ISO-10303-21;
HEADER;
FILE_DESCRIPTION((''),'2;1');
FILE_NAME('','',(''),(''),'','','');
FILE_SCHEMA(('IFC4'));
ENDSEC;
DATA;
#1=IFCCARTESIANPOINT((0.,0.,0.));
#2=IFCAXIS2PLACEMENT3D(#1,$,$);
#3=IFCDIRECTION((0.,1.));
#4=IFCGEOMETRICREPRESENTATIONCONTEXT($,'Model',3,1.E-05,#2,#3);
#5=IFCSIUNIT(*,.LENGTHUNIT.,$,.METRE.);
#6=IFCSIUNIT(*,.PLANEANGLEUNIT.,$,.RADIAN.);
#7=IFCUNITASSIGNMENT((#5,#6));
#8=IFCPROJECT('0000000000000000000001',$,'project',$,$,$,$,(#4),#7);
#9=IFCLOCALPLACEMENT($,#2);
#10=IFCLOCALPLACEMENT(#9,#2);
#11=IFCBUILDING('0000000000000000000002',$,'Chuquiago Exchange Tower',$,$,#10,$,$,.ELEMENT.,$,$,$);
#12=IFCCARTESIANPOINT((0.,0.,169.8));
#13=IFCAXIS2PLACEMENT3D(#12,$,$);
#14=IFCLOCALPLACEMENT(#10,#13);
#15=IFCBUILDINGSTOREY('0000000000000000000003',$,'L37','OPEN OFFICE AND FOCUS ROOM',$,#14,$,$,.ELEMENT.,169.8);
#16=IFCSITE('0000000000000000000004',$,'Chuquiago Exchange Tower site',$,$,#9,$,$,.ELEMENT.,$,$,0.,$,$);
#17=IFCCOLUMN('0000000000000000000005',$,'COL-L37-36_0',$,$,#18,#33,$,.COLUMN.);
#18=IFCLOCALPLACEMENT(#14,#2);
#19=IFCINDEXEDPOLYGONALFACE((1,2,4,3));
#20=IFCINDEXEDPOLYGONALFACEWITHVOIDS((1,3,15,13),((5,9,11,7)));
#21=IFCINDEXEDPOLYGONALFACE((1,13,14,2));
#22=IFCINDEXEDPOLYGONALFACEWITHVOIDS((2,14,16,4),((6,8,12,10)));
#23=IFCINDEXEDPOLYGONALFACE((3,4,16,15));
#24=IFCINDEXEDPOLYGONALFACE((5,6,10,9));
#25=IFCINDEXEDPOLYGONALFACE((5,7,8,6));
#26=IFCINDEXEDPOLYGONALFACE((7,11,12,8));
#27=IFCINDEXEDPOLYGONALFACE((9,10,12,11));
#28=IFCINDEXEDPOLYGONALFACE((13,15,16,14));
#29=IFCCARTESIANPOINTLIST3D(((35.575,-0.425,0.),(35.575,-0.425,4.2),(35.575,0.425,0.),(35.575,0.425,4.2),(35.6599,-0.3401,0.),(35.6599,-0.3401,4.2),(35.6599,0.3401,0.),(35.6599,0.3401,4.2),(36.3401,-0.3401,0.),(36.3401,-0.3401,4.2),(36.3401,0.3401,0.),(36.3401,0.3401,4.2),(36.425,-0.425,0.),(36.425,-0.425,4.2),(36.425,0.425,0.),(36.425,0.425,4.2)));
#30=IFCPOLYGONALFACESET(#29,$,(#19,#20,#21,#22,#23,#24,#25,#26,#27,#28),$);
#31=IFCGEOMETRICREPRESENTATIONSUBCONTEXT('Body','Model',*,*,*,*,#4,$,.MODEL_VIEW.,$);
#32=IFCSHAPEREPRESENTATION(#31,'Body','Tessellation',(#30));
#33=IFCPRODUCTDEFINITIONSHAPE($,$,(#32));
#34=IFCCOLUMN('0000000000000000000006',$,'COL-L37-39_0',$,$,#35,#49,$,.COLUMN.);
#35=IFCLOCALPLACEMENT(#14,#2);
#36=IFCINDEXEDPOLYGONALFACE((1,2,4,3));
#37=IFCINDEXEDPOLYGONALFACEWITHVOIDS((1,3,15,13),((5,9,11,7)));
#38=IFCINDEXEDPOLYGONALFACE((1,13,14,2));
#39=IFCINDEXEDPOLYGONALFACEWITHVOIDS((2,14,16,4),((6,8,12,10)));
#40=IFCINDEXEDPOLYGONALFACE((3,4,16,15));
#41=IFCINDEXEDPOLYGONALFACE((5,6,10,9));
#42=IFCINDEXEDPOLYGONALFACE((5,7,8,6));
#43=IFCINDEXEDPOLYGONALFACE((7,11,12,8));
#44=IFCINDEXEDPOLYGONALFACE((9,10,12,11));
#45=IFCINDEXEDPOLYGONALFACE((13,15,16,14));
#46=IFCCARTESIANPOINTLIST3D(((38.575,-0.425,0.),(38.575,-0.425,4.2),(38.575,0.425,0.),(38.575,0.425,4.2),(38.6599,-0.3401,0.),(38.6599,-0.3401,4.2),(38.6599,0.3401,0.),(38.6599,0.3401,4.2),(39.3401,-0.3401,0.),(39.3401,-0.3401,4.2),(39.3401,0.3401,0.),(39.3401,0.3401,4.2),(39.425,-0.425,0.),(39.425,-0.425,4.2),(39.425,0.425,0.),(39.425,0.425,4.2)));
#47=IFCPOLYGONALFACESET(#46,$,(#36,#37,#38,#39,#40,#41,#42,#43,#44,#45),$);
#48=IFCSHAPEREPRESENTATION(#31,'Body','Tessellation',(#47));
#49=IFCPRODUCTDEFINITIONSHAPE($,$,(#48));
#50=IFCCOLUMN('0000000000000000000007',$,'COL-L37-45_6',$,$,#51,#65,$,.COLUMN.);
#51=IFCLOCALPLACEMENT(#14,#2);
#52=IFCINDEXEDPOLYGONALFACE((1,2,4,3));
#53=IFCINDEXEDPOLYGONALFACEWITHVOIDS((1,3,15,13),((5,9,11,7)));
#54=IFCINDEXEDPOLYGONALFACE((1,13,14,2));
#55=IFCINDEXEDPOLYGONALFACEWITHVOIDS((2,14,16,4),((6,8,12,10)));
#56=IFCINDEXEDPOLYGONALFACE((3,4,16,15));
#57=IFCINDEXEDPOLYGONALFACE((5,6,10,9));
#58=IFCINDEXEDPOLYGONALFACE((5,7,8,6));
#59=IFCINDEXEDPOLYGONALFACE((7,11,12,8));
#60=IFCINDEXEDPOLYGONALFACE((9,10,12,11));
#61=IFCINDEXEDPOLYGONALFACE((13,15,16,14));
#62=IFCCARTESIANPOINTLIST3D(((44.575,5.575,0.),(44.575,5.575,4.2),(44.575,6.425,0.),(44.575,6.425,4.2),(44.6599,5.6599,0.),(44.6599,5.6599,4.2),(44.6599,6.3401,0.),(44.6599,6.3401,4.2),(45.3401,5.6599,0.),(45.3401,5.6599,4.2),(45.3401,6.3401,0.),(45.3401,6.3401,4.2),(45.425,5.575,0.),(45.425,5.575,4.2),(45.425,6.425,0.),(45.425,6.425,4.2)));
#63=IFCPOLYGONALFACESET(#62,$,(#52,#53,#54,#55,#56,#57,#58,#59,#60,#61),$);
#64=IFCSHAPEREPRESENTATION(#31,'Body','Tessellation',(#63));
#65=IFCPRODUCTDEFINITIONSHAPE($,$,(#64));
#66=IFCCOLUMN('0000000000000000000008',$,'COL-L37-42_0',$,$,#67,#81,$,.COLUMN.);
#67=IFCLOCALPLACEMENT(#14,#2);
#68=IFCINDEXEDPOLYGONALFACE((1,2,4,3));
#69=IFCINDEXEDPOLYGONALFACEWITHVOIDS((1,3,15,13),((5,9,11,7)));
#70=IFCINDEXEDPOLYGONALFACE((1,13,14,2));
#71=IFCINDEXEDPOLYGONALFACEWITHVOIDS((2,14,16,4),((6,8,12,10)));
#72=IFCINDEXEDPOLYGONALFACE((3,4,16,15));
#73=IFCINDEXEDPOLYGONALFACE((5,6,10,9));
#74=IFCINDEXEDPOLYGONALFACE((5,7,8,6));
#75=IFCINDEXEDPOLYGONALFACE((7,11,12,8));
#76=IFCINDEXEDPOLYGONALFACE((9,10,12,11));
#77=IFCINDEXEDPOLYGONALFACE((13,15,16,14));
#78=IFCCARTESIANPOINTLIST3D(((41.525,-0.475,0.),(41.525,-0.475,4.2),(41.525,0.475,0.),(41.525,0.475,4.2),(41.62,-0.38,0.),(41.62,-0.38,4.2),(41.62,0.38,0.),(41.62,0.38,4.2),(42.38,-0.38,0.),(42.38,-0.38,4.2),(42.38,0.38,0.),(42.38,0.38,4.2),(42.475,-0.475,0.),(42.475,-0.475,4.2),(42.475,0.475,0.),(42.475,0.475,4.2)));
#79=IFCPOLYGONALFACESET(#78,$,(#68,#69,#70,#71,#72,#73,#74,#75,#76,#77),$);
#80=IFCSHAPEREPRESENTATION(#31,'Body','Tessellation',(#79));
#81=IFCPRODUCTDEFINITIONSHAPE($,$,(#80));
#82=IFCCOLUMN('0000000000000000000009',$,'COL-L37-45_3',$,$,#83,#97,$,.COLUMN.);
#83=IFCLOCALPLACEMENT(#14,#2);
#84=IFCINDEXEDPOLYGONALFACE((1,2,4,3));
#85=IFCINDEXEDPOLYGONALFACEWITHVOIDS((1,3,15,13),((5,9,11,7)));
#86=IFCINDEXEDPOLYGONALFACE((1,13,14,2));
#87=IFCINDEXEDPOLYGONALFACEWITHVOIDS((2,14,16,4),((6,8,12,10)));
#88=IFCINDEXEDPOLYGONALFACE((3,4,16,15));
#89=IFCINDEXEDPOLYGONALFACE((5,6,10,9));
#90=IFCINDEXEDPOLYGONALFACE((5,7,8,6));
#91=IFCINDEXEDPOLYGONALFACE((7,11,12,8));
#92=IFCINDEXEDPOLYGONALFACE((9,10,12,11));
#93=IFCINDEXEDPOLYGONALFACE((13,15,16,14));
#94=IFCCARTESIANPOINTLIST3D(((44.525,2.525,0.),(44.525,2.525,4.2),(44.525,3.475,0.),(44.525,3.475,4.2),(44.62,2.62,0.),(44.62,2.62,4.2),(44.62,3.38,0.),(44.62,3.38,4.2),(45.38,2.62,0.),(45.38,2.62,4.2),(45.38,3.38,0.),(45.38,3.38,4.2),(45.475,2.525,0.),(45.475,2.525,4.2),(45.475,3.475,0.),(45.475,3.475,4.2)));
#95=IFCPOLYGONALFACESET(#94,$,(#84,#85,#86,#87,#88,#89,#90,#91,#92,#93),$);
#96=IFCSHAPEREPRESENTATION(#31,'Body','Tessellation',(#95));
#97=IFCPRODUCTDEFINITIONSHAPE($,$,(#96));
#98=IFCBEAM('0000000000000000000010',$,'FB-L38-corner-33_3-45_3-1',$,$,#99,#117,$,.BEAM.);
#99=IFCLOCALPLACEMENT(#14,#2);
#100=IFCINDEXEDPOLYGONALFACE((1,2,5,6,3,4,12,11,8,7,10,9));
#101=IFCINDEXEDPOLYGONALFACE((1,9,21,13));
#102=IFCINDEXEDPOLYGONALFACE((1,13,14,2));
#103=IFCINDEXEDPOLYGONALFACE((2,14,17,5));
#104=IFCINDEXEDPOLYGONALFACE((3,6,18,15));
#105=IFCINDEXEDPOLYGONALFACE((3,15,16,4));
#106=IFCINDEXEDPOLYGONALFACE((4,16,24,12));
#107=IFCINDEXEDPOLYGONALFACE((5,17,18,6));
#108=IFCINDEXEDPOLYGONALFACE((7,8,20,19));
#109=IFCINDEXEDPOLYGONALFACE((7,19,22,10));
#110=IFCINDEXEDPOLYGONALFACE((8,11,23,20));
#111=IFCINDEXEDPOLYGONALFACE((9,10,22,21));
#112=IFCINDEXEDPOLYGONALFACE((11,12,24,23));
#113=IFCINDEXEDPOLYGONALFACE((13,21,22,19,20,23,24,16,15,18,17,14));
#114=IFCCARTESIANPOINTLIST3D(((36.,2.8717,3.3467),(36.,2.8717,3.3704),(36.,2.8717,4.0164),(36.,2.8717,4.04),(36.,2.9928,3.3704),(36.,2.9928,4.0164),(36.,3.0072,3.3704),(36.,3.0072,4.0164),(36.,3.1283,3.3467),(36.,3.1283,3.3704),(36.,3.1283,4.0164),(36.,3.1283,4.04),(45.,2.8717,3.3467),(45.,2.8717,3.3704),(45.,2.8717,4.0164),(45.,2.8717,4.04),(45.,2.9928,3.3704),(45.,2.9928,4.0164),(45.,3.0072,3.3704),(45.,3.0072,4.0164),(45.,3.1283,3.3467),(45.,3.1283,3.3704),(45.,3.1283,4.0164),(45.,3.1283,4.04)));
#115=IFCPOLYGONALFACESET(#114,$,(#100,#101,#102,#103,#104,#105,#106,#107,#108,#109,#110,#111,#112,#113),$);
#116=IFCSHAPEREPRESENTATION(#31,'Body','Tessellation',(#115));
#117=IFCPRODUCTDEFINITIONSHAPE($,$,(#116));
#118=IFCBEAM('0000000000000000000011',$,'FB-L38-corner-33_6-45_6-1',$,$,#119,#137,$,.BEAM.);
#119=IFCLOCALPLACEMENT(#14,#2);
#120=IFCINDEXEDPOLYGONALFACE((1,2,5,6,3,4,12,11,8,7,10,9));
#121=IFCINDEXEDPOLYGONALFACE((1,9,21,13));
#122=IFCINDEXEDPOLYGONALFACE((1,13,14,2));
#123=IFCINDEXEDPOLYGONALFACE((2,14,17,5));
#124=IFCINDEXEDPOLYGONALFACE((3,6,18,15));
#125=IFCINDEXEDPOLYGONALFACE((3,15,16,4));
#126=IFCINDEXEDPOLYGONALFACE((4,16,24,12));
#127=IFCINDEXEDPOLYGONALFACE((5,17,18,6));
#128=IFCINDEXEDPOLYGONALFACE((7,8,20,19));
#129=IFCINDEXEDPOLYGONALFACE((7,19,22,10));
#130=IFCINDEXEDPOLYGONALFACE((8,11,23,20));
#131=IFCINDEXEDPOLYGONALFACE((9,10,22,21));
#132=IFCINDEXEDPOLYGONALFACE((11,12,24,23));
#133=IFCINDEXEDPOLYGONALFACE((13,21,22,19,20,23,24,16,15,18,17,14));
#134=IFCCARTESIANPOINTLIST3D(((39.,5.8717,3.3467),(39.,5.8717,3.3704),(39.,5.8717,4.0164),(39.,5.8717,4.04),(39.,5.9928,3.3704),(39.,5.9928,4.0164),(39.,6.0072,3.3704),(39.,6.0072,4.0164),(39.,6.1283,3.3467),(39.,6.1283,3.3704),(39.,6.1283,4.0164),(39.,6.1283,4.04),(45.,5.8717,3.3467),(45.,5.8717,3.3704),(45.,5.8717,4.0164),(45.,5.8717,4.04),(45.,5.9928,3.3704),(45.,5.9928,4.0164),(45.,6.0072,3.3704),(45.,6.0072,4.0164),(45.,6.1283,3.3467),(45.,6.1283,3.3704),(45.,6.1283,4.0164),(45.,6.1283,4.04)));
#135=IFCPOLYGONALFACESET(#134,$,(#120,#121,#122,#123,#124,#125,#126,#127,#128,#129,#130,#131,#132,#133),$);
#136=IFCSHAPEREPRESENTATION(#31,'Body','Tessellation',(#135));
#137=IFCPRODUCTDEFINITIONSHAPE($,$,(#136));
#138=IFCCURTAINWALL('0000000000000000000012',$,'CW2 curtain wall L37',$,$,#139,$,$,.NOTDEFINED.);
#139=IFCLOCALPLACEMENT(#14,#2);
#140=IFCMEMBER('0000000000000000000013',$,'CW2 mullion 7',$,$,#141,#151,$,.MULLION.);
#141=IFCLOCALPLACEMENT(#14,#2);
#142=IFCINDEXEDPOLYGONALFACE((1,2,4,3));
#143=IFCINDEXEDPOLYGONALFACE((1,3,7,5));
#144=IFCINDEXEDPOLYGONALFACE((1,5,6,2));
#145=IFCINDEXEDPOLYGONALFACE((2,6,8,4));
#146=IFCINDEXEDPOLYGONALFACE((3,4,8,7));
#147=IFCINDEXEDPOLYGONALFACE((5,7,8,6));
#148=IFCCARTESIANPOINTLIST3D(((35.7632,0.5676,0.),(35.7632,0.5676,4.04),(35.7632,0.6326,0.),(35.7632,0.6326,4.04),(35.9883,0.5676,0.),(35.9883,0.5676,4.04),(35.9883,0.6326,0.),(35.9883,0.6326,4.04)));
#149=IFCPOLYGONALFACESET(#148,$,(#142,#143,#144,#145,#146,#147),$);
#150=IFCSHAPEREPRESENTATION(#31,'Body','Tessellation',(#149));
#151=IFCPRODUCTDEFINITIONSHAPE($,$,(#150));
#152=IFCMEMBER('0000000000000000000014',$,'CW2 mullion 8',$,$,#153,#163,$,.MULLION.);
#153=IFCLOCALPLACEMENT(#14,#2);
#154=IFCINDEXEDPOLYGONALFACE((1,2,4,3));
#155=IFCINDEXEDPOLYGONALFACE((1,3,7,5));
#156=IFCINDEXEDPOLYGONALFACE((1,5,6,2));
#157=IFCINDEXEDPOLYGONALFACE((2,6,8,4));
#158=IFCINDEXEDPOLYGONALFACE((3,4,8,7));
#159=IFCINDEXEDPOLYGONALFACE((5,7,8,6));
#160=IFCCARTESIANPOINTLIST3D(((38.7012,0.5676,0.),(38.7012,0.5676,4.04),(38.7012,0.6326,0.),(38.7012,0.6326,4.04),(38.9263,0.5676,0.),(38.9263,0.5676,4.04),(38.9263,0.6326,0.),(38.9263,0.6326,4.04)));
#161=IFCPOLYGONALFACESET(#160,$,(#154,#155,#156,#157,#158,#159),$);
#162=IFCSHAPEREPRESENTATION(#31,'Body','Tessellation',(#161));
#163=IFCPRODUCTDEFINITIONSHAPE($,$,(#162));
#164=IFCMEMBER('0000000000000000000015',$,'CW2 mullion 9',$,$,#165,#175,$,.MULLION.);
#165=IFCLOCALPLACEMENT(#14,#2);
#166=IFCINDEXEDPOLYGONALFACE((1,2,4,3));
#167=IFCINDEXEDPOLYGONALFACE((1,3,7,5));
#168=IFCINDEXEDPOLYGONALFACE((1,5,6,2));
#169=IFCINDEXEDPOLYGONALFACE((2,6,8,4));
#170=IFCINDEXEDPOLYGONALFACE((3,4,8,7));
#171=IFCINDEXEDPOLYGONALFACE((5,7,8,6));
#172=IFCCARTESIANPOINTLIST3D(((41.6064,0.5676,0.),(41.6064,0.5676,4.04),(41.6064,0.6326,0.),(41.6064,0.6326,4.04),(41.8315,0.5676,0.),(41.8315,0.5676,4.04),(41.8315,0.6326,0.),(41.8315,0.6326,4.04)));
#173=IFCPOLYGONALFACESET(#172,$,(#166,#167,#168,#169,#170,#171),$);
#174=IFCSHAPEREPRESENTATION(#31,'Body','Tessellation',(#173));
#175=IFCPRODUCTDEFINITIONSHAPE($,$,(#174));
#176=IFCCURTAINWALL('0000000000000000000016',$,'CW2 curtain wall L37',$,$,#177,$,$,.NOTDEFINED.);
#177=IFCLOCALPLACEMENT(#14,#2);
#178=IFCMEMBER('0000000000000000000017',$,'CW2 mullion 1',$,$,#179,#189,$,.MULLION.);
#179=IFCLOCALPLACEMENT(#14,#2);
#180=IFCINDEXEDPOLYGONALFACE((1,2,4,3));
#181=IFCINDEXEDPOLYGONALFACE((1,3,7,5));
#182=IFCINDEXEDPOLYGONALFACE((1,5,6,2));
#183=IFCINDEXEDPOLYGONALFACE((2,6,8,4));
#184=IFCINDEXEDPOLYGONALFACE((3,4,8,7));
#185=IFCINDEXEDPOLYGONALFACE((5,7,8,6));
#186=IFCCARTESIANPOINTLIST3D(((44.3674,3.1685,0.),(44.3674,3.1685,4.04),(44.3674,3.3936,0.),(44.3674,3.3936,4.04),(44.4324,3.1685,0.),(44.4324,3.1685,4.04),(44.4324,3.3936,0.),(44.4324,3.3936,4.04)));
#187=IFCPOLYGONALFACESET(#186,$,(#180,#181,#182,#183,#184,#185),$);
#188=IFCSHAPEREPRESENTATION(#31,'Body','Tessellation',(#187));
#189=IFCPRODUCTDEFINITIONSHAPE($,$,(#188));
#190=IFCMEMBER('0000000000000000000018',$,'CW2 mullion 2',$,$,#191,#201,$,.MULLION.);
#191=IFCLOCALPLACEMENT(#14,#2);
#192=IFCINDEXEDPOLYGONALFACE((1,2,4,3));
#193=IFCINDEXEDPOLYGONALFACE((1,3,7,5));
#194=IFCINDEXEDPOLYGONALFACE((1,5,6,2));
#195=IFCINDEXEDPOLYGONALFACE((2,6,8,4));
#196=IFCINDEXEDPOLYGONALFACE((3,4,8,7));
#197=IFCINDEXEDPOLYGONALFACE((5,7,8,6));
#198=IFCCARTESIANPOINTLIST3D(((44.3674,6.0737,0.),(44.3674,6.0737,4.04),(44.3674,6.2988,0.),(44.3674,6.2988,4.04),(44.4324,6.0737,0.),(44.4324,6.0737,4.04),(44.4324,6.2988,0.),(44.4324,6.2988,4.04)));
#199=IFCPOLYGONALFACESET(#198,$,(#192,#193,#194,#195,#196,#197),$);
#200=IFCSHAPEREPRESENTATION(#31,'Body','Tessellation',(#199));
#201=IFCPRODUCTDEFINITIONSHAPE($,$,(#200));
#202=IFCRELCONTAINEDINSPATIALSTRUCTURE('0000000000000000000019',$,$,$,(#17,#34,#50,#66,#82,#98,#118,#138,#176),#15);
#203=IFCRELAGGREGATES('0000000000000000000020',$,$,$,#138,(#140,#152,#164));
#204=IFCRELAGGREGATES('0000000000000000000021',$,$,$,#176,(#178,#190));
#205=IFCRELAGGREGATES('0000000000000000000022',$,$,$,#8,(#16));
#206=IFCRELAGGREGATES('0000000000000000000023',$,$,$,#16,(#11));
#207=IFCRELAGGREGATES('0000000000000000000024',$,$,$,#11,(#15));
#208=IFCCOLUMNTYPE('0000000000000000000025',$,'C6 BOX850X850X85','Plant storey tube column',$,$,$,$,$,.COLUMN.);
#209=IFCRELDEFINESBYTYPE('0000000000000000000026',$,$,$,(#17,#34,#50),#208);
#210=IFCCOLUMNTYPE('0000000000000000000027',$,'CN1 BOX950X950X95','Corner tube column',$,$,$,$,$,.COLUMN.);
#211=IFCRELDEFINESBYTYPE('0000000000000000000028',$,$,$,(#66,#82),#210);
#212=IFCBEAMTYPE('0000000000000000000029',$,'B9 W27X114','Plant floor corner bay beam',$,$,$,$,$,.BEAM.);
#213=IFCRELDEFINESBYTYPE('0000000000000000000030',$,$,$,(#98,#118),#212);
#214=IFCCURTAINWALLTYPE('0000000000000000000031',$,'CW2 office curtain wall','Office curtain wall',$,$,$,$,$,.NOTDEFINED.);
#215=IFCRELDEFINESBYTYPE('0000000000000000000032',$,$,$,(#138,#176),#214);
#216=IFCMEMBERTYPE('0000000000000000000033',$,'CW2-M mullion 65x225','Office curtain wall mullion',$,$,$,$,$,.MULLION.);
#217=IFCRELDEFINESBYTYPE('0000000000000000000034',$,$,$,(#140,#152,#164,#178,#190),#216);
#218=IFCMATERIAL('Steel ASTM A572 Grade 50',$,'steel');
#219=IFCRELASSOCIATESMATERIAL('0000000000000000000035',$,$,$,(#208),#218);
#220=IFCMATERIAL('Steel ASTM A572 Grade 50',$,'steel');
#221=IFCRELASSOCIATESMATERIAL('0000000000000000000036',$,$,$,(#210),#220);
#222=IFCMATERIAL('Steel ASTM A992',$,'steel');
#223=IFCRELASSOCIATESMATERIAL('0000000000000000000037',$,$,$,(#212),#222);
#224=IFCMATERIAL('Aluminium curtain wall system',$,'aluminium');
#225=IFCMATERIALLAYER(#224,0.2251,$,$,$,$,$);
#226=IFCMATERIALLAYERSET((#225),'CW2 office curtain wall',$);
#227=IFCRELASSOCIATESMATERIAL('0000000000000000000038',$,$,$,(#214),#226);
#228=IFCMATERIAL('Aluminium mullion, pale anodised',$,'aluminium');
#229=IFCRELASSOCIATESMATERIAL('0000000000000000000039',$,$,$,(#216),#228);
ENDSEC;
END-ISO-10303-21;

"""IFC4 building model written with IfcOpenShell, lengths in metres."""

from ifc_helpers import new_model, si_unit, direction, frame, origin, origin_2d, place, context, subcontext, project, spatial, rectangle, hollow_rectangle, i_section, extrude, material, layer, layer_set, material_profile, profile_set, type_object, element, aggregate, save


model = new_model("IFC4")

# Units and contexts
model_context = context("Model", 3, precision=1e-05, world=origin(), true_north=direction((0.0, 1.0)))
body_context = subcontext(model_context, "Body", "Model", "MODEL_VIEW")
ifc_project = project(units=[si_unit("LENGTHUNIT", "METRE"), si_unit("PLANEANGLEUNIT", "RADIAN")], contexts=[model_context])

# Site, building, storey
site_placement = place(None, origin())
site = spatial("IfcSite", under=ifc_project, at=site_placement, Name="Chuquiago Exchange Tower site", CompositionType="ELEMENT", RefElevation=0.0)
building_placement = place(site_placement, origin())
building = spatial("IfcBuilding", under=site, at=building_placement, Name="Chuquiago Exchange Tower", CompositionType="ELEMENT")
storey_placement = place(building_placement, frame((0.0, 0.0, 169.8)))
storey = spatial("IfcBuildingStorey", under=building, at=storey_placement, Name="L37", Description="OPEN OFFICE AND FOCUS ROOM", CompositionType="ELEMENT", Elevation=169.8)

# Columns
ifc_material_1 = material(Name="Steel ASTM A572 Grade 50", Category="steel")
ifc_material_profile_1 = material_profile(ifc_material_1, hollow_rectangle(XDim=0.8501, YDim=0.8501, WallThickness=0.085, at=origin_2d()), Name="BOX850X850X85")
ifc_profile_set_1 = profile_set([ifc_material_profile_1], Name="Steel ASTM A572 Grade 50")
column_type_1 = type_object("IfcColumnType", Name="C6 BOX850X850X85", Description="Plant storey tube column", PredefinedType="COLUMN", material=ifc_profile_set_1)
for number, where, z_axis, x_axis, name in (
    (1, (36.0, 0.0, 0.0), (0.0, 0.0, 1.0), (0.0, -1.0, 0.0), "COL-L37-36_0"),
    (2, (39.0, 0.0, 0.0), (0.0, 0.0, 1.0), (0.0, -1.0, 0.0), "COL-L37-39_0"),
    (3, (45.0, 6.0, 0.0), (0.0, 0.0, 1.0), (1.0, 0.0, 0.0), "COL-L37-45_6"),
):
    element("IfcColumn", number, at=place(storey_placement, frame(where, z_axis=z_axis, x_axis=x_axis)), inside=storey, type_object=column_type_1, Name=name, PredefinedType="COLUMN", context=body_context, shape_type="SweptSolid", body=[
        extrude(hollow_rectangle(XDim=0.8501, YDim=0.8501, WallThickness=0.085, at=origin_2d()), origin(), (0.0, 0.0, 1.0), 4.2),
    ])
ifc_material_2 = material(Name="Steel ASTM A572 Grade 50", Category="steel")
ifc_material_profile_2 = material_profile(ifc_material_2, hollow_rectangle(XDim=0.95, YDim=0.95, WallThickness=0.095, at=origin_2d()), Name="BOX950X950X95")
ifc_profile_set_2 = profile_set([ifc_material_profile_2], Name="Steel ASTM A572 Grade 50")
column_type_2 = type_object("IfcColumnType", Name="CN1 BOX950X950X95", Description="Corner tube column", PredefinedType="COLUMN", material=ifc_profile_set_2)
for number, where, z_axis, x_axis, name in (
    (4, (42.0, 0.0, 0.0), (0.0, 0.0, 1.0), (0.0, -1.0, 0.0), "COL-L37-42_0"),
    (5, (45.0, 3.0, 0.0), (0.0, 0.0, 1.0), (1.0, 0.0, 0.0), "COL-L37-45_3"),
):
    element("IfcColumn", number, at=place(storey_placement, frame(where, z_axis=z_axis, x_axis=x_axis)), inside=storey, type_object=column_type_2, Name=name, PredefinedType="COLUMN", context=body_context, shape_type="SweptSolid", body=[
        extrude(hollow_rectangle(XDim=0.95, YDim=0.95, WallThickness=0.095, at=origin_2d()), origin(), (0.0, 0.0, 1.0), 4.2),
    ])

# Beams
ifc_material_3 = material(Name="Steel ASTM A992", Category="steel")
ifc_material_profile_3 = material_profile(ifc_material_3, i_section(OverallWidth=0.2566, OverallDepth=0.6934, WebThickness=0.0144, FlangeThickness=0.0237, at=origin_2d()), Name="W27X114")
ifc_profile_set_3 = profile_set([ifc_material_profile_3], Name="Steel ASTM A992")
beam_type_1 = type_object("IfcBeamType", Name="B9 W27X114", Description="Plant floor corner bay beam", PredefinedType="BEAM", material=ifc_profile_set_3)
beam_1_placement = place(storey_placement, frame((36.0, 3.0, 3.6934), z_axis=(1.0, 0.0, 0.0), x_axis=(0.0, 1.0, 0.0)))
element("IfcBeam", 6, at=beam_1_placement, inside=storey, type_object=beam_type_1, Name="FB-L38-corner-33_3-45_3-1", PredefinedType="BEAM", context=body_context, shape_type="SweptSolid", body=[
    extrude(i_section(OverallWidth=0.2566, OverallDepth=0.6934, WebThickness=0.0144, FlangeThickness=0.0237, at=origin_2d()), origin(), (0.0, 0.0, 1.0), 9.0),
])
beam_2_placement = place(storey_placement, frame((39.0, 6.0, 3.6934), z_axis=(1.0, 0.0, 0.0), x_axis=(0.0, 1.0, 0.0)))
element("IfcBeam", 7, at=beam_2_placement, inside=storey, type_object=beam_type_1, Name="FB-L38-corner-33_6-45_6-1", PredefinedType="BEAM", context=body_context, shape_type="SweptSolid", body=[
    extrude(i_section(OverallWidth=0.2566, OverallDepth=0.6934, WebThickness=0.0144, FlangeThickness=0.0237, at=origin_2d()), origin(), (0.0, 0.0, 1.0), 6.0),
])

# Curtain walls, members
ifc_material_4 = material(Name="Aluminium curtain wall system", Category="aluminium")
ifc_layer_1 = layer(ifc_material_4, 0.2251)
ifc_layer_set_1 = layer_set([ifc_layer_1], Name="CW2 office curtain wall")
curtain_wall_type_1 = type_object("IfcCurtainWallType", Name="CW2 office curtain wall", Description="Office curtain wall", PredefinedType="NOTDEFINED", material=ifc_layer_set_1)
curtain_wall_1_placement = place(storey_placement, origin())
curtain_wall_1 = element("IfcCurtainWall", 8, at=curtain_wall_1_placement, inside=storey, type_object=curtain_wall_type_1, Name="CW2 curtain wall L37", PredefinedType="NOTDEFINED")
ifc_material_5 = material(Name="Aluminium mullion, pale anodised", Category="aluminium")
ifc_material_profile_4 = material_profile(ifc_material_5, rectangle(XDim=0.0649, YDim=0.2251, at=origin_2d()), Name="AL 65x225")
ifc_profile_set_4 = profile_set([ifc_material_profile_4], Name="Aluminium mullion, pale anodised")
member_type_1 = type_object("IfcMemberType", Name="CW2-M mullion 65x225", Description="Office curtain wall mullion", PredefinedType="MULLION", material=ifc_profile_set_4)
member_1_placement = place(storey_placement, frame((35.8757, 0.6001, 0.0), z_axis=(0.0, 0.0, 1.0), x_axis=(0.0, 1.0, 0.0)))
member_1 = element("IfcMember", 9, at=member_1_placement, type_object=member_type_1, Name="CW2 mullion 7", PredefinedType="MULLION", context=body_context, shape_type="SweptSolid", body=[
    extrude(rectangle(XDim=0.0649, YDim=0.2251, at=origin_2d()), origin(), (0.0, 0.0, 1.0), 4.04),
])
member_2_placement = place(storey_placement, frame((38.8137, 0.6001, 0.0), z_axis=(0.0, 0.0, 1.0), x_axis=(0.0, 1.0, 0.0)))
member_2 = element("IfcMember", 10, at=member_2_placement, type_object=member_type_1, Name="CW2 mullion 8", PredefinedType="MULLION", context=body_context, shape_type="SweptSolid", body=[
    extrude(rectangle(XDim=0.0649, YDim=0.2251, at=origin_2d()), origin(), (0.0, 0.0, 1.0), 4.04),
])
member_3_placement = place(storey_placement, frame((41.719, 0.6001, 0.0), z_axis=(0.0, 0.0, 1.0), x_axis=(0.0, 1.0, 0.0)))
member_3 = element("IfcMember", 11, at=member_3_placement, type_object=member_type_1, Name="CW2 mullion 9", PredefinedType="MULLION", context=body_context, shape_type="SweptSolid", body=[
    extrude(rectangle(XDim=0.0649, YDim=0.2251, at=origin_2d()), origin(), (0.0, 0.0, 1.0), 4.04),
])
curtain_wall_2_placement = place(storey_placement, origin())
curtain_wall_2 = element("IfcCurtainWall", 12, at=curtain_wall_2_placement, inside=storey, type_object=curtain_wall_type_1, Name="CW2 curtain wall L37", PredefinedType="NOTDEFINED")
member_4_placement = place(storey_placement, frame((44.3999, 3.281, 0.0), z_axis=(0.0, 0.0, 1.0), x_axis=(-1.0, 0.0, 0.0)))
member_4 = element("IfcMember", 13, at=member_4_placement, type_object=member_type_1, Name="CW2 mullion 1", PredefinedType="MULLION", context=body_context, shape_type="SweptSolid", body=[
    extrude(rectangle(XDim=0.0649, YDim=0.2251, at=origin_2d()), origin(), (0.0, 0.0, 1.0), 4.04),
])
member_5_placement = place(storey_placement, frame((44.3999, 6.1863, 0.0), z_axis=(0.0, 0.0, 1.0), x_axis=(-1.0, 0.0, 0.0)))
member_5 = element("IfcMember", 14, at=member_5_placement, type_object=member_type_1, Name="CW2 mullion 2", PredefinedType="MULLION", context=body_context, shape_type="SweptSolid", body=[
    extrude(rectangle(XDim=0.0649, YDim=0.2251, at=origin_2d()), origin(), (0.0, 0.0, 1.0), 4.04),
])

aggregate(curtain_wall_1, [member_1, member_2, member_3])
aggregate(curtain_wall_2, [member_4, member_5])

save(model, "model.ifc")
